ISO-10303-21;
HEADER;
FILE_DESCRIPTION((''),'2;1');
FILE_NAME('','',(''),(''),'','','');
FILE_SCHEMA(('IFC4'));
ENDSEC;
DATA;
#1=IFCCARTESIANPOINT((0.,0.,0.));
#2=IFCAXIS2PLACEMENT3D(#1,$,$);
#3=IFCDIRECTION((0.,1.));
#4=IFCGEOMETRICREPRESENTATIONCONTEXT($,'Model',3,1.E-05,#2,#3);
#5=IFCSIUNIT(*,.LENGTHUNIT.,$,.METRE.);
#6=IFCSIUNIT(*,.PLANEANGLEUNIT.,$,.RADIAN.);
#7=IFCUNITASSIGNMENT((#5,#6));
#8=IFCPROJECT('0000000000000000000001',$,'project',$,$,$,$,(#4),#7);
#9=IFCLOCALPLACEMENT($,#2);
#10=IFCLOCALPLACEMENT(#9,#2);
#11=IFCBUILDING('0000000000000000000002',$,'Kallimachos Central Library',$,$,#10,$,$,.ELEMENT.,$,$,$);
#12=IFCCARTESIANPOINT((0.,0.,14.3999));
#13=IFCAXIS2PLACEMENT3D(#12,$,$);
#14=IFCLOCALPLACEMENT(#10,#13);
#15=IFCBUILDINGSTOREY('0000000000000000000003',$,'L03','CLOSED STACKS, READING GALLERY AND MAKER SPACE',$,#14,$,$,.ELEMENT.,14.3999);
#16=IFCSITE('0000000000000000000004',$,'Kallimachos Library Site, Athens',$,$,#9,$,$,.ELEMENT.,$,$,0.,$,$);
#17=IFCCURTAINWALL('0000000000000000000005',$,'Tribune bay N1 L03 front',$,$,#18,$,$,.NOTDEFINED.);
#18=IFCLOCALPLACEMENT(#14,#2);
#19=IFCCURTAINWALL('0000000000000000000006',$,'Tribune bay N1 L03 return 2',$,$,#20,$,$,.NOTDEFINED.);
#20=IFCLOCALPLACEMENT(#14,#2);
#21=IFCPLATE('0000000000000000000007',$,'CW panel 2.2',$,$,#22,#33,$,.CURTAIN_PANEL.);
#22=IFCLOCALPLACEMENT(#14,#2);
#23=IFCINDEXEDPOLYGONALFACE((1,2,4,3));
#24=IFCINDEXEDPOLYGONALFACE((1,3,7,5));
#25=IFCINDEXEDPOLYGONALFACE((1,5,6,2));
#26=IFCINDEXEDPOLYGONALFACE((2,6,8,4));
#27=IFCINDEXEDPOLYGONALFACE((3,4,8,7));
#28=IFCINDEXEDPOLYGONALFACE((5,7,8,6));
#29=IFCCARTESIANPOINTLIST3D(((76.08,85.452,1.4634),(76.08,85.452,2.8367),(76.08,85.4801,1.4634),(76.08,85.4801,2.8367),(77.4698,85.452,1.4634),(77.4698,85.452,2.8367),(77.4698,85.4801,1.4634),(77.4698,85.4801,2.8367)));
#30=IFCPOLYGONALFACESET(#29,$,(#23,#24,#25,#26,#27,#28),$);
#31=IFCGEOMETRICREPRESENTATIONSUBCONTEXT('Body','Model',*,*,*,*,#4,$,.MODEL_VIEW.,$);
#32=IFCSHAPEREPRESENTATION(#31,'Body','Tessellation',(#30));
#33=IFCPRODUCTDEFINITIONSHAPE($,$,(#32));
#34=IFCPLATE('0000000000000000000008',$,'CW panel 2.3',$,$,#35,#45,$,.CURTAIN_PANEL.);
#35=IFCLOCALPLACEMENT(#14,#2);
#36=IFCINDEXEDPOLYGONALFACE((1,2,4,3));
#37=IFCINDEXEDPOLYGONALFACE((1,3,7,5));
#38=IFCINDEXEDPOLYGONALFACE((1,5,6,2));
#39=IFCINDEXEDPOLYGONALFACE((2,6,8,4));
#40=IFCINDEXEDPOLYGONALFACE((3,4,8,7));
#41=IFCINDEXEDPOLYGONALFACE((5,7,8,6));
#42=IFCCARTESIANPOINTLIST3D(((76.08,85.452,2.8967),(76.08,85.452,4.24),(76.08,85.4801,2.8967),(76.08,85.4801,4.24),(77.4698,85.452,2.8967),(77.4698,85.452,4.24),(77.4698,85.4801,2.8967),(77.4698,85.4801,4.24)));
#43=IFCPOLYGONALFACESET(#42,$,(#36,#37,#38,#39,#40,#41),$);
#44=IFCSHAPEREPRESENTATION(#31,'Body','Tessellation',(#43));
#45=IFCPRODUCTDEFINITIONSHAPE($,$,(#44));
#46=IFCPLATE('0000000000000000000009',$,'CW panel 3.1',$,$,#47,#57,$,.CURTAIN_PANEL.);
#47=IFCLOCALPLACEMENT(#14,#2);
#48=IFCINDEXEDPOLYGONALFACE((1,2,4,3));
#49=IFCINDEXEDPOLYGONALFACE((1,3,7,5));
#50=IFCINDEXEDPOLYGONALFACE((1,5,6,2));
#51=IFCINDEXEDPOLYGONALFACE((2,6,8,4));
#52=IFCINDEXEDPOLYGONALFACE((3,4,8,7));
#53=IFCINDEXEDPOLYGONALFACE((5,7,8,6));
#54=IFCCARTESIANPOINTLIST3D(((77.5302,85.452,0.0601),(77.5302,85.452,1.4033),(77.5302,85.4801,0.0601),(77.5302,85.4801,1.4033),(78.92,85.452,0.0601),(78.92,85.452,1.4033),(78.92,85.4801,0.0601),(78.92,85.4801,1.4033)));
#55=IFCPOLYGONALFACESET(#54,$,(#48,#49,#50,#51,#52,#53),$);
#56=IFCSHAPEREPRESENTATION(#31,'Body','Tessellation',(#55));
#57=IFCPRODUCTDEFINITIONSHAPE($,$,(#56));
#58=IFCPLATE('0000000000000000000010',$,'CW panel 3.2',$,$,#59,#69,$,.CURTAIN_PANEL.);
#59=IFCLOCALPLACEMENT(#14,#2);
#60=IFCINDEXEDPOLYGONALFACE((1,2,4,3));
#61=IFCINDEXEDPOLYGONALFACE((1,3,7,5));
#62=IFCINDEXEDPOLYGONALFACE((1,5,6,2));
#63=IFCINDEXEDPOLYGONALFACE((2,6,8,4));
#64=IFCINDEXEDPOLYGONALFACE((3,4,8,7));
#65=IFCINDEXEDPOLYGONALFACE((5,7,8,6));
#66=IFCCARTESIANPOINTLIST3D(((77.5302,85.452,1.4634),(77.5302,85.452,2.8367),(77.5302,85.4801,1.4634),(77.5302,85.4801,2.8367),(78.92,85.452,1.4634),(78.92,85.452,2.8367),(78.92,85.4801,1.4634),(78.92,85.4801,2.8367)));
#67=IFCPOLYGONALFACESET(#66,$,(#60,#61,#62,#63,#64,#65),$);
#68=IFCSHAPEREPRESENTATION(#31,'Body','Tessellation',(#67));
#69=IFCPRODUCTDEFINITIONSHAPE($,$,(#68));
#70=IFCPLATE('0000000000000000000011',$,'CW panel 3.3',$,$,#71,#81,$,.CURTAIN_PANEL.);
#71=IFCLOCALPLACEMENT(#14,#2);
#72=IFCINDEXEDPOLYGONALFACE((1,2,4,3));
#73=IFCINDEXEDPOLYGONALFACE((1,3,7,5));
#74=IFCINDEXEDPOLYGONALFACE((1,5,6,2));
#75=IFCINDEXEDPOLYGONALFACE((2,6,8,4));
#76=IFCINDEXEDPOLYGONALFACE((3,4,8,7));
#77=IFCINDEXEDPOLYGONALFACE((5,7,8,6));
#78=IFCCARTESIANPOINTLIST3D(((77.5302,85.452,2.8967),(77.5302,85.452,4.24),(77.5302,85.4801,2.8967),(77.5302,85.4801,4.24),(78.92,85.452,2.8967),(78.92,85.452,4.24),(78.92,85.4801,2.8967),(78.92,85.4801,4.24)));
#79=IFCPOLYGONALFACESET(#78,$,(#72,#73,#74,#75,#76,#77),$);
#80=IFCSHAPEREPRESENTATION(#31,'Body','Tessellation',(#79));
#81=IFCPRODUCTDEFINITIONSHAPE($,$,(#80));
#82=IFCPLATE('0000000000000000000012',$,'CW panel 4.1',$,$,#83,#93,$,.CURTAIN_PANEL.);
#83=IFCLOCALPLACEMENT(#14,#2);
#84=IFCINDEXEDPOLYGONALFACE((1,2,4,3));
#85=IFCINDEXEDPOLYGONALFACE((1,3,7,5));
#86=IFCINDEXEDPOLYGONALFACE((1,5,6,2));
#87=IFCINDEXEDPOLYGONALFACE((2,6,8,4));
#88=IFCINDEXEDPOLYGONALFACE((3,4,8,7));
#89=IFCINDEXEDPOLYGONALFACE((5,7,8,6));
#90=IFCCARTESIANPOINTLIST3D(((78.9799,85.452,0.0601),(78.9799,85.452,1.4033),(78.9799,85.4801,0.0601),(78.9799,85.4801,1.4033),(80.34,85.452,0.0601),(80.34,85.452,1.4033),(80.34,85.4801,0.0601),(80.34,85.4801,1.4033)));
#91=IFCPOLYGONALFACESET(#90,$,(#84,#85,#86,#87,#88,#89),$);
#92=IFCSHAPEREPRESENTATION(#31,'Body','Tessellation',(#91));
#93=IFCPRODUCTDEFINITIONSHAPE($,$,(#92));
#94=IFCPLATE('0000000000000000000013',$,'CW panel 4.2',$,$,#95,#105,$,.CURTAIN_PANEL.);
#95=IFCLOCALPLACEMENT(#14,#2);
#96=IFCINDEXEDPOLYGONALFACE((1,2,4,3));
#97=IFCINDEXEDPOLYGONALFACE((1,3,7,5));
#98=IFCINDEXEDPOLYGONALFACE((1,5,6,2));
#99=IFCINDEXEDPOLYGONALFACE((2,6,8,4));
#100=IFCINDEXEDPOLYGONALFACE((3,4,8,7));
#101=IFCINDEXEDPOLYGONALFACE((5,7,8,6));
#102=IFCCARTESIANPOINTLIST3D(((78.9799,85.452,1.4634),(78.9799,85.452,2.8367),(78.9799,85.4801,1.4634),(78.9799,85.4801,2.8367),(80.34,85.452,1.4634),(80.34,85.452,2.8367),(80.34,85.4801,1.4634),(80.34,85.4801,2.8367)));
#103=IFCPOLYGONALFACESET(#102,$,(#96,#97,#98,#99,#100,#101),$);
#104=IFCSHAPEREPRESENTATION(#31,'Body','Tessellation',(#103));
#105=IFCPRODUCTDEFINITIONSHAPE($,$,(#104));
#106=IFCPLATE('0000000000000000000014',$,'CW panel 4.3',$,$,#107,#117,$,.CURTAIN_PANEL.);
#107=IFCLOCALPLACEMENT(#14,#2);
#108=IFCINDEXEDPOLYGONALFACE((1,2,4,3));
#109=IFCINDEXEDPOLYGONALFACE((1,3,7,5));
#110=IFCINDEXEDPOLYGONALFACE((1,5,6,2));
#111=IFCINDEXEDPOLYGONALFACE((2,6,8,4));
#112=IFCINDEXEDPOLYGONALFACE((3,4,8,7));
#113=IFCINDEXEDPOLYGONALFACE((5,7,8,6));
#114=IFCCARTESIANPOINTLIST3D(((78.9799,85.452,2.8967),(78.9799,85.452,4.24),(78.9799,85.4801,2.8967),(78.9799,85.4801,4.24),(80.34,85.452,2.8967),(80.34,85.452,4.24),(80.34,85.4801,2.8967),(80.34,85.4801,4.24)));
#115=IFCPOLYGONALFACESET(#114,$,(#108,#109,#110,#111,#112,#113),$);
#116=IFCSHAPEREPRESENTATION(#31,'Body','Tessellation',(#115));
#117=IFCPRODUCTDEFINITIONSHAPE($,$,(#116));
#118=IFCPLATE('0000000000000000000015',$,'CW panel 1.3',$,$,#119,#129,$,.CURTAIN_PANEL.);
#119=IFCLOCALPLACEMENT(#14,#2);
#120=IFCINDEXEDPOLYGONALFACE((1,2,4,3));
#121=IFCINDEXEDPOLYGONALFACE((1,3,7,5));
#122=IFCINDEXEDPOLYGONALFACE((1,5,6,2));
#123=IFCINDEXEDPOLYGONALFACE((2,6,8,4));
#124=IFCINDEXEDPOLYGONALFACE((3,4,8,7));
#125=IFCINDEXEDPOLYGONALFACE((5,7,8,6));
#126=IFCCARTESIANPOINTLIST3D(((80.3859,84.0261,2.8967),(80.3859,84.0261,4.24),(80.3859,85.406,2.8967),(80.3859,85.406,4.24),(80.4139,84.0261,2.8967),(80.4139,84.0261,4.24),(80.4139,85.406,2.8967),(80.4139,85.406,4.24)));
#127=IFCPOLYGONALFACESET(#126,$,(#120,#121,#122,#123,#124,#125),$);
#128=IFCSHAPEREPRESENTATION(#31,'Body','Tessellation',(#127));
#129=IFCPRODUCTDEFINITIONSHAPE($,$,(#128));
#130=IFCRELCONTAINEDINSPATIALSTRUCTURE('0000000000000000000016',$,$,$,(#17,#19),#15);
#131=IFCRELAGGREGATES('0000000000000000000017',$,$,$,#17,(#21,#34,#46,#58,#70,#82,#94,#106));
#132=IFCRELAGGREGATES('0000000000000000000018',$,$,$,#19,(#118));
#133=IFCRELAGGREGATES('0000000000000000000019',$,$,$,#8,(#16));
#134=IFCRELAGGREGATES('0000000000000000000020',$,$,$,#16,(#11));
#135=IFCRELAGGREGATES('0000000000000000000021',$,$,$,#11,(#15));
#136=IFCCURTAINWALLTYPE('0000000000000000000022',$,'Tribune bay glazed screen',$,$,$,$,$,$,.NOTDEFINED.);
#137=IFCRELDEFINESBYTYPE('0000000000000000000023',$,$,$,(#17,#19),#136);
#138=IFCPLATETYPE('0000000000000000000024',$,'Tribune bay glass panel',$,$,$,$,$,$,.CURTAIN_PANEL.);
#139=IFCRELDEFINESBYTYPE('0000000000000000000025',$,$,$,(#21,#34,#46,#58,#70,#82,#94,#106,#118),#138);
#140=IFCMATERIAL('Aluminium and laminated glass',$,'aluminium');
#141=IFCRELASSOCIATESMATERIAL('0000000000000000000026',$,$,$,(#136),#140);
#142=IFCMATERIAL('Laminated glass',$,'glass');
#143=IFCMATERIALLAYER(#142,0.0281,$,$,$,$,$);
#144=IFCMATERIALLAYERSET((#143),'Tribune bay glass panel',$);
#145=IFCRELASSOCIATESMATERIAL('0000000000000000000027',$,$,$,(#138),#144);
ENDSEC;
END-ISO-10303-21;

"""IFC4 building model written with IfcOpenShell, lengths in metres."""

from ifc_helpers import new_model, si_unit, direction, frame, origin, origin_2d, place, context, subcontext, project, spatial, rectangle, extrude, material, layer, layer_set, type_object, element, aggregate, save


model = new_model("IFC4")

# Units and contexts
model_context = context("Model", 3, precision=1e-05, world=origin(), true_north=direction((0.0, 1.0)))
body_context = subcontext(model_context, "Body", "Model", "MODEL_VIEW")
ifc_project = project(units=[si_unit("LENGTHUNIT", "METRE"), si_unit("PLANEANGLEUNIT", "RADIAN")], contexts=[model_context])

# Site, building, storey
site_placement = place(None, origin())
site = spatial("IfcSite", under=ifc_project, at=site_placement, Name="Kallimachos Library Site, Athens", CompositionType="ELEMENT", RefElevation=0.0)
building_placement = place(site_placement, origin())
building = spatial("IfcBuilding", under=site, at=building_placement, Name="Kallimachos Central Library", CompositionType="ELEMENT")
storey_placement = place(building_placement, frame((0.0, 0.0, 14.3999)))
storey = spatial("IfcBuildingStorey", under=building, at=storey_placement, Name="L03", Description="CLOSED STACKS, READING GALLERY AND MAKER SPACE", CompositionType="ELEMENT", Elevation=14.3999)

# Curtain wall
ifc_material_1 = material(Name="Aluminium and laminated glass", Category="aluminium")
curtain_wall_type = type_object("IfcCurtainWallType", Name="Tribune bay glazed screen", PredefinedType="NOTDEFINED", material=ifc_material_1)
curtain_wall_1_placement = place(storey_placement, origin())
curtain_wall_1 = element("IfcCurtainWall", 1, at=curtain_wall_1_placement, inside=storey, type_object=curtain_wall_type, Name="Tribune bay N1 L03 front", PredefinedType="NOTDEFINED")

# Curtain wall
curtain_wall_2_placement = place(storey_placement, origin())
curtain_wall_2 = element("IfcCurtainWall", 2, at=curtain_wall_2_placement, inside=storey, type_object=curtain_wall_type, Name="Tribune bay N1 L03 return 2", PredefinedType="NOTDEFINED")

# Plates
ifc_material_2 = material(Name="Laminated glass", Category="glass")
ifc_layer = layer(ifc_material_2, 0.0281)
ifc_layer_set = layer_set([ifc_layer], Name="Tribune bay glass panel")
plate_type = type_object("IfcPlateType", Name="Tribune bay glass panel", PredefinedType="CURTAIN_PANEL", material=ifc_layer_set)
plate_1_placement = place(storey_placement, frame((76.7749, 85.4661, 1.4634), z_axis=(0.0, 0.0, 1.0), x_axis=(1.0, 0.0, 0.0)))
plate_1 = element("IfcPlate", 3, at=plate_1_placement, type_object=plate_type, Name="CW panel 2.2", PredefinedType="CURTAIN_PANEL", context=body_context, shape_type="SweptSolid", body=[
    extrude(rectangle(XDim=1.3899, YDim=0.0281, at=origin_2d()), origin(), (0.0, 0.0, 1.0), 1.3733),
])
plate_2_placement = place(storey_placement, frame((76.7749, 85.4661, 2.8967), z_axis=(0.0, 0.0, 1.0), x_axis=(1.0, 0.0, 0.0)))
plate_2 = element("IfcPlate", 4, at=plate_2_placement, type_object=plate_type, Name="CW panel 2.3", PredefinedType="CURTAIN_PANEL", context=body_context, shape_type="SweptSolid", body=[
    extrude(rectangle(XDim=1.3899, YDim=0.0281, at=origin_2d()), origin(), (0.0, 0.0, 1.0), 1.3433),
])
plate_3_placement = place(storey_placement, frame((78.2251, 85.4661, 0.0601), z_axis=(0.0, 0.0, 1.0), x_axis=(1.0, 0.0, 0.0)))
plate_3 = element("IfcPlate", 5, at=plate_3_placement, type_object=plate_type, Name="CW panel 3.1", PredefinedType="CURTAIN_PANEL", context=body_context, shape_type="SweptSolid", body=[
    extrude(rectangle(XDim=1.3899, YDim=0.0281, at=origin_2d()), origin(), (0.0, 0.0, 1.0), 1.3433),
])
plate_4_placement = place(storey_placement, frame((78.2251, 85.4661, 1.4634), z_axis=(0.0, 0.0, 1.0), x_axis=(1.0, 0.0, 0.0)))
plate_4 = element("IfcPlate", 6, at=plate_4_placement, type_object=plate_type, Name="CW panel 3.2", PredefinedType="CURTAIN_PANEL", context=body_context, shape_type="SweptSolid", body=[
    extrude(rectangle(XDim=1.3899, YDim=0.0281, at=origin_2d()), origin(), (0.0, 0.0, 1.0), 1.3733),
])
plate_5_placement = place(storey_placement, frame((78.2251, 85.4661, 2.8967), z_axis=(0.0, 0.0, 1.0), x_axis=(1.0, 0.0, 0.0)))
plate_5 = element("IfcPlate", 7, at=plate_5_placement, type_object=plate_type, Name="CW panel 3.3", PredefinedType="CURTAIN_PANEL", context=body_context, shape_type="SweptSolid", body=[
    extrude(rectangle(XDim=1.3899, YDim=0.0281, at=origin_2d()), origin(), (0.0, 0.0, 1.0), 1.3433),
])
plate_6_placement = place(storey_placement, frame((79.6599, 85.4661, 0.0601), z_axis=(0.0, 0.0, 1.0), x_axis=(1.0, 0.0, 0.0)))
plate_6 = element("IfcPlate", 8, at=plate_6_placement, type_object=plate_type, Name="CW panel 4.1", PredefinedType="CURTAIN_PANEL", context=body_context, shape_type="SweptSolid", body=[
    extrude(rectangle(XDim=1.3601, YDim=0.0281, at=origin_2d()), origin(), (0.0, 0.0, 1.0), 1.3433),
])
plate_7_placement = place(storey_placement, frame((79.6599, 85.4661, 1.4634), z_axis=(0.0, 0.0, 1.0), x_axis=(1.0, 0.0, 0.0)))
plate_7 = element("IfcPlate", 9, at=plate_7_placement, type_object=plate_type, Name="CW panel 4.2", PredefinedType="CURTAIN_PANEL", context=body_context, shape_type="SweptSolid", body=[
    extrude(rectangle(XDim=1.3601, YDim=0.0281, at=origin_2d()), origin(), (0.0, 0.0, 1.0), 1.3733),
])
plate_8_placement = place(storey_placement, frame((79.6599, 85.4661, 2.8967), z_axis=(0.0, 0.0, 1.0), x_axis=(1.0, 0.0, 0.0)))
plate_8 = element("IfcPlate", 10, at=plate_8_placement, type_object=plate_type, Name="CW panel 4.3", PredefinedType="CURTAIN_PANEL", context=body_context, shape_type="SweptSolid", body=[
    extrude(rectangle(XDim=1.3601, YDim=0.0281, at=origin_2d()), origin(), (0.0, 0.0, 1.0), 1.3433),
])
aggregate(curtain_wall_1, [plate_1, plate_2, plate_3, plate_4, plate_5, plate_6, plate_7, plate_8])
plate_9_placement = place(storey_placement, frame((80.3999, 84.7161, 2.8967), z_axis=(0.0, 0.0, 1.0), x_axis=(0.0, 1.0, 0.0)))
plate_9 = element("IfcPlate", 11, at=plate_9_placement, type_object=plate_type, Name="CW panel 1.3", PredefinedType="CURTAIN_PANEL", context=body_context, shape_type="SweptSolid", body=[
    extrude(rectangle(XDim=1.3799, YDim=0.0281, at=origin_2d()), origin(), (0.0, 0.0, 1.0), 1.3433),
])
aggregate(curtain_wall_2, [plate_9])

save(model, "model.ifc")
